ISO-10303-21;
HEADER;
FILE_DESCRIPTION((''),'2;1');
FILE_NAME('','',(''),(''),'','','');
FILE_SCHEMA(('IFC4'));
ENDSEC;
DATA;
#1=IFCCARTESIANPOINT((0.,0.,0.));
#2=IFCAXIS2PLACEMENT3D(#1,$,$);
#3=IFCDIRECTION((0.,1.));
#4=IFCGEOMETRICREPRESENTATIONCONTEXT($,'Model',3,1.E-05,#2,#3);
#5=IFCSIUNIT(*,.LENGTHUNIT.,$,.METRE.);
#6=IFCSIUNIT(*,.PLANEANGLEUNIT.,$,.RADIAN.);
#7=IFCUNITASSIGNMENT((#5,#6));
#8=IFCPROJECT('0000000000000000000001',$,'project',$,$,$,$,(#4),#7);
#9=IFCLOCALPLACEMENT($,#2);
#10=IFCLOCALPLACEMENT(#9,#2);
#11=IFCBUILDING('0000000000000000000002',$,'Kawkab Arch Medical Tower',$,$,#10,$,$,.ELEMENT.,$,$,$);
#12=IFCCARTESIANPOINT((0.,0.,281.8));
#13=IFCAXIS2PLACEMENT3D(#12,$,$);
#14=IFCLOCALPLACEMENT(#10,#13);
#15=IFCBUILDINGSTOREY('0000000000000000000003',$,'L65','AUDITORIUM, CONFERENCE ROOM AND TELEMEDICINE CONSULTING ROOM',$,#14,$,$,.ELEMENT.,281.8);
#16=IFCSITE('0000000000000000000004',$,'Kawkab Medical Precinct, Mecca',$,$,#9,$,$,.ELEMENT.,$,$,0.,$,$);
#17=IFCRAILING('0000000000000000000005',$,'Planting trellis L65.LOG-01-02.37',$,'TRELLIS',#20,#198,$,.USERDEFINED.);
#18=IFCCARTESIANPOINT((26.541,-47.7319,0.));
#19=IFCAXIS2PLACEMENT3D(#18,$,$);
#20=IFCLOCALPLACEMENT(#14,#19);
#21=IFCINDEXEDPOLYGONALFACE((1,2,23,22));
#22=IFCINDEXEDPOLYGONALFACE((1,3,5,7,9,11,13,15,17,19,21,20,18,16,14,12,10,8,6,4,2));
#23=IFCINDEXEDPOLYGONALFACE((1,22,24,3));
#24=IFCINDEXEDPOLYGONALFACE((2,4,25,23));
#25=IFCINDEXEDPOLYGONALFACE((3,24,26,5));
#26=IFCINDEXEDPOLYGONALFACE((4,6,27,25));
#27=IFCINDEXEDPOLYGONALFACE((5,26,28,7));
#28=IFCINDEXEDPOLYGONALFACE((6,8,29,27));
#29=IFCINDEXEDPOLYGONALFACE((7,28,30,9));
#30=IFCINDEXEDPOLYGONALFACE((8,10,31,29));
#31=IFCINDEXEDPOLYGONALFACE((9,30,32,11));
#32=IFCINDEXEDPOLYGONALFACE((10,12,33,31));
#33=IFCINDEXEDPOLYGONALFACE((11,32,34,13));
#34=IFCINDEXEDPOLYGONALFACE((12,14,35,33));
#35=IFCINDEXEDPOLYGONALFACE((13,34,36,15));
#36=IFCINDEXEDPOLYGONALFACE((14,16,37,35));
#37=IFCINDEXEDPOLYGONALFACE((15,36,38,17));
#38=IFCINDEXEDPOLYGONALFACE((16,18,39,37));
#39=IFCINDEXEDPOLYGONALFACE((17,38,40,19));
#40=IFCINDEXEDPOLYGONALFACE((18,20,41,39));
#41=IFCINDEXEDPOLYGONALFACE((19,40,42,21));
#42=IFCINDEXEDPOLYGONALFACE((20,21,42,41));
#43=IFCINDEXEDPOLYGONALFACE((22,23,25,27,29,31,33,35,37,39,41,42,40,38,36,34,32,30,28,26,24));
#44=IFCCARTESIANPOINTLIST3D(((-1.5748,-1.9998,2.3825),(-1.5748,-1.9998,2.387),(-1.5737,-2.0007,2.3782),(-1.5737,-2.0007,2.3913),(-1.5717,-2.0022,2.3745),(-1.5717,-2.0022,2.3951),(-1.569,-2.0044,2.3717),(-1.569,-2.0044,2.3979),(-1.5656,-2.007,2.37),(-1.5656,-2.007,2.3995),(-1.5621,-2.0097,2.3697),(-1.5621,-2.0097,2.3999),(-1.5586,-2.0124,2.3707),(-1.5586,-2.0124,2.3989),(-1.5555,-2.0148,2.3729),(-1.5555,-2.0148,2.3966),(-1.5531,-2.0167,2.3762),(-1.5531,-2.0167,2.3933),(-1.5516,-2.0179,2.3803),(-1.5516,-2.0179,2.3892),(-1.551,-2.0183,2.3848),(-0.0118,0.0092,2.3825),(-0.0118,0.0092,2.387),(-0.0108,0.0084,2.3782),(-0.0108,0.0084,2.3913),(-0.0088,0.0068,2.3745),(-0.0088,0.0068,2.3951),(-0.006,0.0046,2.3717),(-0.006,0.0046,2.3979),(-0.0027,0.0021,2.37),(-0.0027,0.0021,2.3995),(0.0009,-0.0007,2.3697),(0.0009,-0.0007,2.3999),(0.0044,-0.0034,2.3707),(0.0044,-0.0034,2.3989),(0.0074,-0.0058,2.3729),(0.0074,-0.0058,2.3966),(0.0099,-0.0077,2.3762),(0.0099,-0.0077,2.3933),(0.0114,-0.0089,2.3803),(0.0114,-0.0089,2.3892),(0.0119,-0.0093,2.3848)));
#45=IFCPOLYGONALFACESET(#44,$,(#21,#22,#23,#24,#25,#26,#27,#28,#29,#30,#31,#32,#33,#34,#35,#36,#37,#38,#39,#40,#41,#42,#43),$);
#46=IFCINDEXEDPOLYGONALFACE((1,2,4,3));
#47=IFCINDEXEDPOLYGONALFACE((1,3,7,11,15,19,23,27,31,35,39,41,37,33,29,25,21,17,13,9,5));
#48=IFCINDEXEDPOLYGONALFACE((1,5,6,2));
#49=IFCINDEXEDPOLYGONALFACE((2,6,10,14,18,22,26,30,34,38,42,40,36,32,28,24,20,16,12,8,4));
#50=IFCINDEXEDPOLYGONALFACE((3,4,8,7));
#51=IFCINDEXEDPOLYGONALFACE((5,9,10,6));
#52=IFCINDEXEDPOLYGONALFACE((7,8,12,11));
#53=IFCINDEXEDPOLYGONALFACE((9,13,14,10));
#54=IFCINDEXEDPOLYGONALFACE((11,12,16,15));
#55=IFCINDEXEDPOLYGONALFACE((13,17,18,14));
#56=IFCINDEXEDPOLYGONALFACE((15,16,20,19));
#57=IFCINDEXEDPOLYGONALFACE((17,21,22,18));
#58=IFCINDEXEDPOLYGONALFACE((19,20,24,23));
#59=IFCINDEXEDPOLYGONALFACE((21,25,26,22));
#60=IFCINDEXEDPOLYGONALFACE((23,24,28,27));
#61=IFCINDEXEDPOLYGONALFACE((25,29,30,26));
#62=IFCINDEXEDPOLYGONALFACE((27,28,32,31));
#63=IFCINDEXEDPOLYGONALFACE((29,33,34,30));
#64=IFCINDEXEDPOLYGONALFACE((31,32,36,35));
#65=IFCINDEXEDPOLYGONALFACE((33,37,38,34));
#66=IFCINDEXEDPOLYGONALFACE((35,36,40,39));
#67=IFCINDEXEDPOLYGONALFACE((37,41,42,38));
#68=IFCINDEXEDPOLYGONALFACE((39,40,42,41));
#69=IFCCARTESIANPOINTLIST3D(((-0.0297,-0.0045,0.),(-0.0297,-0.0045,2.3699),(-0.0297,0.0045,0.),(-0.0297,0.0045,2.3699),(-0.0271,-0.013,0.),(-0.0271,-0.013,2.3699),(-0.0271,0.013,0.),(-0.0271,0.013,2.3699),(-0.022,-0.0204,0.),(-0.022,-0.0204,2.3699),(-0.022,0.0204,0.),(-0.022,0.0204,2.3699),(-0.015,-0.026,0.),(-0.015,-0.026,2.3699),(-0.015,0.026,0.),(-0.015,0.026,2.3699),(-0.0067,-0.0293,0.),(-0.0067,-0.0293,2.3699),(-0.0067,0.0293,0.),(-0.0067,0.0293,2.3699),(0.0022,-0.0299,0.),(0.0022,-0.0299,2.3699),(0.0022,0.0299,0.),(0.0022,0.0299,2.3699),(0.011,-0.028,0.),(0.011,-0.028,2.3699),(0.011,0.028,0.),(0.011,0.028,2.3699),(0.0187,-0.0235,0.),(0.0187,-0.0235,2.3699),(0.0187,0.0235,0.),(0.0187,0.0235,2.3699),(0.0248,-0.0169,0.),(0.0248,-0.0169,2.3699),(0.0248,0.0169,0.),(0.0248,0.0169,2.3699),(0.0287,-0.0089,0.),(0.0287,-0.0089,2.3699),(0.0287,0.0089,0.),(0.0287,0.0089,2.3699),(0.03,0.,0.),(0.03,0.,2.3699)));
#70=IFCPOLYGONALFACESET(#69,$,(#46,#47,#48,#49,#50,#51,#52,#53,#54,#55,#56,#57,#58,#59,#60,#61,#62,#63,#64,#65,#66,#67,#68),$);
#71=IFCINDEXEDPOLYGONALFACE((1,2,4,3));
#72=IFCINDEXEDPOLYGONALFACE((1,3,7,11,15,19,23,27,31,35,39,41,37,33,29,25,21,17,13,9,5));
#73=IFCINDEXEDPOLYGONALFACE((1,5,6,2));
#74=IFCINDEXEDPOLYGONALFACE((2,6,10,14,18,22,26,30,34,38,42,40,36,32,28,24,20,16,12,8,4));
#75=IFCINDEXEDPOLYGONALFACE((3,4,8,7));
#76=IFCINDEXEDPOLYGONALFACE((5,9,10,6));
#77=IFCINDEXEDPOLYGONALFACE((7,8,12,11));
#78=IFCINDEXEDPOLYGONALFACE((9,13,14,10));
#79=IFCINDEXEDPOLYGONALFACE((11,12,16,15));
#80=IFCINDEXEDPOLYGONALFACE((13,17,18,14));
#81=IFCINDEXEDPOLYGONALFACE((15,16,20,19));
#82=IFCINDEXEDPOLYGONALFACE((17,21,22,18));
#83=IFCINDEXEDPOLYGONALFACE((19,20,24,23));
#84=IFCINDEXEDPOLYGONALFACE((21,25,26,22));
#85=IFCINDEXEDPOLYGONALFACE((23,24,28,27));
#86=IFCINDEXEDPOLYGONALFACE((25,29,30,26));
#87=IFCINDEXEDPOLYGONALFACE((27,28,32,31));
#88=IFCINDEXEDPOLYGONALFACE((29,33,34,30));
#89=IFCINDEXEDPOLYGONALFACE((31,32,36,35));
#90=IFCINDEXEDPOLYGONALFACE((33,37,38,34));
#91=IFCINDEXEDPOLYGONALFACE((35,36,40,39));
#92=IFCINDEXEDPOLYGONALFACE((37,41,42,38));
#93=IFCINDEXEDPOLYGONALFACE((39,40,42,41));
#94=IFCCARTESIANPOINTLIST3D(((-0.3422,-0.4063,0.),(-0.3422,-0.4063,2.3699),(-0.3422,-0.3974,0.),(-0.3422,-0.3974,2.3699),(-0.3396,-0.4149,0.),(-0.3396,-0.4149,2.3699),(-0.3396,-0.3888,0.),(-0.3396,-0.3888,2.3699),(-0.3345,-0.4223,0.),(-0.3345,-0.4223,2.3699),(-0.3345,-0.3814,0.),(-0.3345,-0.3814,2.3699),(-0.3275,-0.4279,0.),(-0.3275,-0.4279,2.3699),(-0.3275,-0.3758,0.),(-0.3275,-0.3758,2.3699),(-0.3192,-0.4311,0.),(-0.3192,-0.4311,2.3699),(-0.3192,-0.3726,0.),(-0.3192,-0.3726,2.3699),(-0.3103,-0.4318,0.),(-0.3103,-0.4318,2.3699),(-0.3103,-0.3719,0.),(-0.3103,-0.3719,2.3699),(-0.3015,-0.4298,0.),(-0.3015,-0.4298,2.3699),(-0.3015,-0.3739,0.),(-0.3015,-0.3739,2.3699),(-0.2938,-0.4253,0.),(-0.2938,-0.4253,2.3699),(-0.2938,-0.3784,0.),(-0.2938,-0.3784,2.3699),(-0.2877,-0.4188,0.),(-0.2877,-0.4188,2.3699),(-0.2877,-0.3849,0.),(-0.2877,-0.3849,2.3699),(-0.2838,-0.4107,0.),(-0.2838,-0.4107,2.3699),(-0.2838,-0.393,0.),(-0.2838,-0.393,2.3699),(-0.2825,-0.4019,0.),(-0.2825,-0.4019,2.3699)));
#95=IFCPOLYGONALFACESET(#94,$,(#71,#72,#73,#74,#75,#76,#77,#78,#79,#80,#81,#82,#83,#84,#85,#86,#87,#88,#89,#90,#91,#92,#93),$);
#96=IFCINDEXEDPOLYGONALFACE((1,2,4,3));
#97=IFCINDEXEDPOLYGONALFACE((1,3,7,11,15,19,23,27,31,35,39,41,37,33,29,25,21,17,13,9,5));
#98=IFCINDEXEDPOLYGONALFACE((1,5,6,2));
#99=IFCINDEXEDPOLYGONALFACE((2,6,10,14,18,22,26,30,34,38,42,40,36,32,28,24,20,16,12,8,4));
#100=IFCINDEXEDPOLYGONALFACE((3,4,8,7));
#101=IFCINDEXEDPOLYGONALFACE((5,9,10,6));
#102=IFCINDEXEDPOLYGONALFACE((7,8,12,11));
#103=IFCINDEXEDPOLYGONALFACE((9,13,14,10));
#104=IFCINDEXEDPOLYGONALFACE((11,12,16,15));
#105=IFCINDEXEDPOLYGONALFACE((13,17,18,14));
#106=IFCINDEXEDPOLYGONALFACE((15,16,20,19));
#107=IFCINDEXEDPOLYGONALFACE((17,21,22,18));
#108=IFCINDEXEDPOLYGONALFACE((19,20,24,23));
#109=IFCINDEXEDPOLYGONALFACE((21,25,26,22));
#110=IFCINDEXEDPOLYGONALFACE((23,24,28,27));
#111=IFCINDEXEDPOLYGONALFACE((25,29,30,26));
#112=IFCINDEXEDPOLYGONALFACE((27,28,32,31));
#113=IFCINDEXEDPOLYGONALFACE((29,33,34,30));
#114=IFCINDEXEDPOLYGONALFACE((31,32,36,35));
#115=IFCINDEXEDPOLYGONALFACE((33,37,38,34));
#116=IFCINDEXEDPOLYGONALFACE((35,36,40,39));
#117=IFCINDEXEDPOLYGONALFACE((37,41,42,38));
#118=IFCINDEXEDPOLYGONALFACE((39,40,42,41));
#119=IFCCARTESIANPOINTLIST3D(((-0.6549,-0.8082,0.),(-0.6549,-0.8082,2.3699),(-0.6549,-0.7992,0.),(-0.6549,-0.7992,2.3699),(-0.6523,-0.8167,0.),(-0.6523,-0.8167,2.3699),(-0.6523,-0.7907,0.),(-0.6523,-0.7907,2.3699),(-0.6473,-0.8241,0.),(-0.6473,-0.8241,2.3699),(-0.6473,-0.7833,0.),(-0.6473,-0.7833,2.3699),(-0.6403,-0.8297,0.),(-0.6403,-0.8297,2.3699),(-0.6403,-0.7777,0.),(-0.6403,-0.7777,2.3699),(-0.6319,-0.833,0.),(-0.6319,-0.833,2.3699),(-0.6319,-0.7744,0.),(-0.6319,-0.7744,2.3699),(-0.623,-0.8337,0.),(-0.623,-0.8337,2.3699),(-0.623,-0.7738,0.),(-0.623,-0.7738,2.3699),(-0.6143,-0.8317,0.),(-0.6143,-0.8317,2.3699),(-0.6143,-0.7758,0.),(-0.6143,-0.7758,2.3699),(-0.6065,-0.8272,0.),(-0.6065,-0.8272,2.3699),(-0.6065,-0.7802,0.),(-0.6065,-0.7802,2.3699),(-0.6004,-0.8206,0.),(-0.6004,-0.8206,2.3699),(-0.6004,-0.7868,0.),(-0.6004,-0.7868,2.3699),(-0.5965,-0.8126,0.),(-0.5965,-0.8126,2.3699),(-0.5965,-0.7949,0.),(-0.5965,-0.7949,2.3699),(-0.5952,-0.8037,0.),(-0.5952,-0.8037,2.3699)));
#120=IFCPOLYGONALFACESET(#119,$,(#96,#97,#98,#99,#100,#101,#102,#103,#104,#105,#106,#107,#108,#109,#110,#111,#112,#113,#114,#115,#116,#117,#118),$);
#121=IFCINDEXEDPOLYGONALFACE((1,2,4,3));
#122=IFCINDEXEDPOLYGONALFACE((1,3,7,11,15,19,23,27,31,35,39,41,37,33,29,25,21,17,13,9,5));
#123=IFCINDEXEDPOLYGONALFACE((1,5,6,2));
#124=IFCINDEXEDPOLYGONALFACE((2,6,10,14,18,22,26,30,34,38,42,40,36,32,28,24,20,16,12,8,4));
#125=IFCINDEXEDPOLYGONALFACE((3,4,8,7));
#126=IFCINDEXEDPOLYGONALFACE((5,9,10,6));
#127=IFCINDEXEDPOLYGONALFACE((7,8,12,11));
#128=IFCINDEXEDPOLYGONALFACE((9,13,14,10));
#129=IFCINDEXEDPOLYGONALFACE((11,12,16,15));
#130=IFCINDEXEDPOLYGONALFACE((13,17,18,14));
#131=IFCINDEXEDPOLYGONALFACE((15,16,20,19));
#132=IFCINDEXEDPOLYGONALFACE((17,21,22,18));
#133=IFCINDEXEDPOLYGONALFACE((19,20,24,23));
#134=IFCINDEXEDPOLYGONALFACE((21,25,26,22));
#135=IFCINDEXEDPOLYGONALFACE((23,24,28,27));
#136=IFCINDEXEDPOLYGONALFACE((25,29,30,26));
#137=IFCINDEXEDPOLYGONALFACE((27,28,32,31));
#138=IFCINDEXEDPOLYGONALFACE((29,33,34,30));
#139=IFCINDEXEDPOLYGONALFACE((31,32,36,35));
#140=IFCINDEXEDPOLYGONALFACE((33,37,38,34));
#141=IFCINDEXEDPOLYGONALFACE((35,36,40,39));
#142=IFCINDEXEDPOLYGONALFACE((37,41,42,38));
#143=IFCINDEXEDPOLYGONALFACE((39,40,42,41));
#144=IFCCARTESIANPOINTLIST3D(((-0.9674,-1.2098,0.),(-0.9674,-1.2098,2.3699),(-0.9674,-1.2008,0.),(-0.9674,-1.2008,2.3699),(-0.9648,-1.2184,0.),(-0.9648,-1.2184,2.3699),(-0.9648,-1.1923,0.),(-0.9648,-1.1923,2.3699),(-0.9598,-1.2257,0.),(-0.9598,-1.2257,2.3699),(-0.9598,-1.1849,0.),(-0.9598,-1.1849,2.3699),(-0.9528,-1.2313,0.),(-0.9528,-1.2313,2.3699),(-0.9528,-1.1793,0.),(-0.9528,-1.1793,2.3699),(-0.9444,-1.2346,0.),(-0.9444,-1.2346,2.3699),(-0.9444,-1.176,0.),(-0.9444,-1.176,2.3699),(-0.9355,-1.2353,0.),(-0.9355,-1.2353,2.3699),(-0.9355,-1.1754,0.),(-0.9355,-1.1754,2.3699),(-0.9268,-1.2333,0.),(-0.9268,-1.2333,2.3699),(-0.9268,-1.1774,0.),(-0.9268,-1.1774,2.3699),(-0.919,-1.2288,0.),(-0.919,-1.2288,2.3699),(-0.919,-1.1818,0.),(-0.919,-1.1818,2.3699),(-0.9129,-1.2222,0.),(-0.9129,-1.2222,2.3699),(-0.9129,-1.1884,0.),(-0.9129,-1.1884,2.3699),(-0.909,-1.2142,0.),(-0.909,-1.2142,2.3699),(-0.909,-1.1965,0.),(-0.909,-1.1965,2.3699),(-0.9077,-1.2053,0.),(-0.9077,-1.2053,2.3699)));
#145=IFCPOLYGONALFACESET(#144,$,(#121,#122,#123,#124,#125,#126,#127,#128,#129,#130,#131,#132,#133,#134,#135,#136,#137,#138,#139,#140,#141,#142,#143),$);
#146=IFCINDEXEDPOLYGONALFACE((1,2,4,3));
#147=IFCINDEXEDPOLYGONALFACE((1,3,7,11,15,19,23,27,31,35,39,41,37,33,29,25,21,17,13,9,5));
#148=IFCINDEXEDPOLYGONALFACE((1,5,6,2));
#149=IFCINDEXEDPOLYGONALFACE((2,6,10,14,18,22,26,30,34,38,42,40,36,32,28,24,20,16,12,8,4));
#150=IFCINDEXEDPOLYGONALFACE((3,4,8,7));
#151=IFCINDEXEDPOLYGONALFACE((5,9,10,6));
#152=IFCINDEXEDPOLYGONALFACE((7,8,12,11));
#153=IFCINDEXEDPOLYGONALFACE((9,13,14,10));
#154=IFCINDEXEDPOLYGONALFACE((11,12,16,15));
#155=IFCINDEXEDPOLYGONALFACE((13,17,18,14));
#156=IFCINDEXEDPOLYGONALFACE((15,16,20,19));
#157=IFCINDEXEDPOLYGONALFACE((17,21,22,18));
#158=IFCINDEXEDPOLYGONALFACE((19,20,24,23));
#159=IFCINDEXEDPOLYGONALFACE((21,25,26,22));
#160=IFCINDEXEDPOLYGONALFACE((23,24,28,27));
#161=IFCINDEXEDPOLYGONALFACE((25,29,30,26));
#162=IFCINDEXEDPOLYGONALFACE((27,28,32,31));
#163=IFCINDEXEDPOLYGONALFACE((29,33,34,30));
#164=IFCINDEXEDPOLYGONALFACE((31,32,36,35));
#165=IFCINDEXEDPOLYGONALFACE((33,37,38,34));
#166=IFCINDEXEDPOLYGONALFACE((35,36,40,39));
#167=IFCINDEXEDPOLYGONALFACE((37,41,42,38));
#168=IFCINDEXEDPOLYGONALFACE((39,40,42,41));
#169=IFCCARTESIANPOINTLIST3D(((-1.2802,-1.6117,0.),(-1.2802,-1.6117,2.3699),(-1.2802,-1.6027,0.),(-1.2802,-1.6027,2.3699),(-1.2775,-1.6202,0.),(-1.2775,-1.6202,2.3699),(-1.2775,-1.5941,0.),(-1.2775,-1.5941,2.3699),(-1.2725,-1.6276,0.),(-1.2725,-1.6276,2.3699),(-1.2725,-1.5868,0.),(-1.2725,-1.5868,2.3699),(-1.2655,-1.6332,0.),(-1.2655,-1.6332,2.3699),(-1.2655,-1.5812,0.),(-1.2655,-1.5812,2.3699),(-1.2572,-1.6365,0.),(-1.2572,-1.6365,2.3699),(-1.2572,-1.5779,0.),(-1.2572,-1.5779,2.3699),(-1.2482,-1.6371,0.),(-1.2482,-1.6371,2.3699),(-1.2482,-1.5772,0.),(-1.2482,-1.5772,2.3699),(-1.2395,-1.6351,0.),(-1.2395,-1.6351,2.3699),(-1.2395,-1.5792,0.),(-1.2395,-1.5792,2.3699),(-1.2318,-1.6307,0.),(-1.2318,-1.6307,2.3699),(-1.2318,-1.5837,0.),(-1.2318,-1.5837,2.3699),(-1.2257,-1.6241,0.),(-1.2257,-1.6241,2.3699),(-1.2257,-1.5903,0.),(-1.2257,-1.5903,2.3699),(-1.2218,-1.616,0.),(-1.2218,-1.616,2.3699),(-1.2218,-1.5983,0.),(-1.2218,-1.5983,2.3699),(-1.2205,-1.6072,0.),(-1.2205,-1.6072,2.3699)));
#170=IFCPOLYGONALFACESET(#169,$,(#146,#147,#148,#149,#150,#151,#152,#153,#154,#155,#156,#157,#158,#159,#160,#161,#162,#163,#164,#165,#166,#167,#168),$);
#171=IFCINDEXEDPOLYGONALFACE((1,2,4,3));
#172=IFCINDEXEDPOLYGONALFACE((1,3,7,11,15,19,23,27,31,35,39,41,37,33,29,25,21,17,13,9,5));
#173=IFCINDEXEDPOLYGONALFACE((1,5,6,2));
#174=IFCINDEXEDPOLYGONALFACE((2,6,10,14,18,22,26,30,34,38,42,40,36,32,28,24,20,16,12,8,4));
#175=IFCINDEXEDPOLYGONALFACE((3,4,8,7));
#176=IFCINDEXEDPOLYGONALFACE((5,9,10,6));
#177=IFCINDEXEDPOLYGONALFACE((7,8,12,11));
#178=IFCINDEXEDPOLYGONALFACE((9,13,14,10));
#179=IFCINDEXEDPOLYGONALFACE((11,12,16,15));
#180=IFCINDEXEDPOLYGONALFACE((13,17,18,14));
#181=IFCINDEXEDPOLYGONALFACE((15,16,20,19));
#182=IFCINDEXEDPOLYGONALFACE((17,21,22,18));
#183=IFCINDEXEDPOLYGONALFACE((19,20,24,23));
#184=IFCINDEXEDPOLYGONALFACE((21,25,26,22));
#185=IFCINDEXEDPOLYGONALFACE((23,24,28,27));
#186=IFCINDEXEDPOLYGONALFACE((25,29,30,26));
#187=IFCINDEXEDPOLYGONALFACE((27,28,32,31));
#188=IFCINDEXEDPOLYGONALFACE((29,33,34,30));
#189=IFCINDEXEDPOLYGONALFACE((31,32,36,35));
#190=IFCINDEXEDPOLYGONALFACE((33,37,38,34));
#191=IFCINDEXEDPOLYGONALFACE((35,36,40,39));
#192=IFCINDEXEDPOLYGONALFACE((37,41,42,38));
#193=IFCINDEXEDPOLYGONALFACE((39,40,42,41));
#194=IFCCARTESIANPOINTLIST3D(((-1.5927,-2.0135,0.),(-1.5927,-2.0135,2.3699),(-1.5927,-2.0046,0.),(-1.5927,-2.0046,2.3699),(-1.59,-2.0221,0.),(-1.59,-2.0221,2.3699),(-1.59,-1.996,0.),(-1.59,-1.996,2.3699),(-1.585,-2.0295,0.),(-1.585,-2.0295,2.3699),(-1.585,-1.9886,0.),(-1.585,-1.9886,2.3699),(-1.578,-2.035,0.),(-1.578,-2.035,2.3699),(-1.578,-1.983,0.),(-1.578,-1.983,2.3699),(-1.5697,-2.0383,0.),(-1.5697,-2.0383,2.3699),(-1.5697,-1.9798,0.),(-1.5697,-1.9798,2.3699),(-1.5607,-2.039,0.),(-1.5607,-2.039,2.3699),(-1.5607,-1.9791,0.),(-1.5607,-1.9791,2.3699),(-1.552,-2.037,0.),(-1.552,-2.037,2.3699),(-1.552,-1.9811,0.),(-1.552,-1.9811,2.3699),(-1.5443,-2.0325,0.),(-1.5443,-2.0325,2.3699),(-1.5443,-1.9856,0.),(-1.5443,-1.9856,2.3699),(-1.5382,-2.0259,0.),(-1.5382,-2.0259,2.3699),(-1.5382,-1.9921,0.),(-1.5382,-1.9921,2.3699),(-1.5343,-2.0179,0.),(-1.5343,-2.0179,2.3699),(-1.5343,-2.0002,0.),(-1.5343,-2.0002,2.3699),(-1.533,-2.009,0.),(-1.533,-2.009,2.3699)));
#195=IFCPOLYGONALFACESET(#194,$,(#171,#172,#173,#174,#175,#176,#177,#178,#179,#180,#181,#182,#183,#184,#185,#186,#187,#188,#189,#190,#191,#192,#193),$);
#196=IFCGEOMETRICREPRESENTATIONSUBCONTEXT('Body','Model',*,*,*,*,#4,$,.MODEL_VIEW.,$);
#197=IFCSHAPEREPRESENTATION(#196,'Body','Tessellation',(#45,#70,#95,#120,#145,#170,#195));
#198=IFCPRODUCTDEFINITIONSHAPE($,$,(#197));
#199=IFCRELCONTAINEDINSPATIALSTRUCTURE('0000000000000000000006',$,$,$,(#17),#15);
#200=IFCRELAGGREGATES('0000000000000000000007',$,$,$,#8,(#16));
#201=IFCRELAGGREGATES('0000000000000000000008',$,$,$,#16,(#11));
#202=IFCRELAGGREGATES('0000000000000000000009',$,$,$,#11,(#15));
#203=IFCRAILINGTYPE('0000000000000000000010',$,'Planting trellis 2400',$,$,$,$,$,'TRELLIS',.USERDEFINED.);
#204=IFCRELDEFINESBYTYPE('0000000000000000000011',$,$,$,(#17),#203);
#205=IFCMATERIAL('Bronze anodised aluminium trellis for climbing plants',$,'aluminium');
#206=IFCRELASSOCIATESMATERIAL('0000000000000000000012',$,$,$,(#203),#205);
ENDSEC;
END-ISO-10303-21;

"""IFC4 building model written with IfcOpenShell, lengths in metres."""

from ifc_helpers import new_model, si_unit, direction, frame, origin, origin_2d, place, context, subcontext, project, spatial, circle, extrude, material, type_object, element, save


model = new_model("IFC4")

# Units and contexts
model_context = context("Model", 3, precision=1e-05, world=origin(), true_north=direction((0.0, 1.0)))
body_context = subcontext(model_context, "Body", "Model", "MODEL_VIEW")
ifc_project = project(units=[si_unit("LENGTHUNIT", "METRE"), si_unit("PLANEANGLEUNIT", "RADIAN")], contexts=[model_context])

# Site, building, storey
site_placement = place(None, origin())
site = spatial("IfcSite", under=ifc_project, at=site_placement, Name="Kawkab Medical Precinct, Mecca", CompositionType="ELEMENT", RefElevation=0.0)
building_placement = place(site_placement, origin())
building = spatial("IfcBuilding", under=site, at=building_placement, Name="Kawkab Arch Medical Tower", CompositionType="ELEMENT")
storey_placement = place(building_placement, frame((0.0, 0.0, 281.8)))
storey = spatial("IfcBuildingStorey", under=building, at=storey_placement, Name="L65", Description="AUDITORIUM, CONFERENCE ROOM AND TELEMEDICINE CONSULTING ROOM", CompositionType="ELEMENT", Elevation=281.8)

# Railing
ifc_material_1 = material(Name="Bronze anodised aluminium trellis for climbing plants", Category="aluminium")
railing_type = type_object("IfcRailingType", Name="Planting trellis 2400", ElementType="TRELLIS", PredefinedType="USERDEFINED", material=ifc_material_1)
railing_1_placement = place(storey_placement, frame((26.541, -47.7319, 0.0)))
element("IfcRailing", 1, at=railing_1_placement, inside=storey, type_object=railing_type, Name="Planting trellis L65.LOG-01-02.37", ObjectType="TRELLIS", PredefinedType="USERDEFINED", context=body_context, shape_type="SweptSolid", body=[
    extrude(circle(Radius=0.0151, at=origin_2d()), frame((0.0, 0.0, 2.3848), z_axis=(-0.61404, -0.789275, 0.0), x_axis=(0.789275, -0.61404, 0.0)), (0.0, 0.0, 1.0), 2.5454),
    extrude(circle(Radius=0.03, at=origin_2d()), origin(), (0.0, 0.0, 1.0), 2.3699),
    extrude(circle(Radius=0.03, at=origin_2d()), frame((-0.3125, -0.4019, 0.0)), (0.0, 0.0, 1.0), 2.3699),
    extrude(circle(Radius=0.03, at=origin_2d()), frame((-0.6252, -0.8037, 0.0)), (0.0, 0.0, 1.0), 2.3699),
    extrude(circle(Radius=0.03, at=origin_2d()), frame((-0.9377, -1.2053, 0.0)), (0.0, 0.0, 1.0), 2.3699),
    extrude(circle(Radius=0.03, at=origin_2d()), frame((-1.2505, -1.6072, 0.0)), (0.0, 0.0, 1.0), 2.3699),
    extrude(circle(Radius=0.03, at=origin_2d()), frame((-1.563, -2.009, 0.0)), (0.0, 0.0, 1.0), 2.3699),
])

save(model, "model.ifc")
